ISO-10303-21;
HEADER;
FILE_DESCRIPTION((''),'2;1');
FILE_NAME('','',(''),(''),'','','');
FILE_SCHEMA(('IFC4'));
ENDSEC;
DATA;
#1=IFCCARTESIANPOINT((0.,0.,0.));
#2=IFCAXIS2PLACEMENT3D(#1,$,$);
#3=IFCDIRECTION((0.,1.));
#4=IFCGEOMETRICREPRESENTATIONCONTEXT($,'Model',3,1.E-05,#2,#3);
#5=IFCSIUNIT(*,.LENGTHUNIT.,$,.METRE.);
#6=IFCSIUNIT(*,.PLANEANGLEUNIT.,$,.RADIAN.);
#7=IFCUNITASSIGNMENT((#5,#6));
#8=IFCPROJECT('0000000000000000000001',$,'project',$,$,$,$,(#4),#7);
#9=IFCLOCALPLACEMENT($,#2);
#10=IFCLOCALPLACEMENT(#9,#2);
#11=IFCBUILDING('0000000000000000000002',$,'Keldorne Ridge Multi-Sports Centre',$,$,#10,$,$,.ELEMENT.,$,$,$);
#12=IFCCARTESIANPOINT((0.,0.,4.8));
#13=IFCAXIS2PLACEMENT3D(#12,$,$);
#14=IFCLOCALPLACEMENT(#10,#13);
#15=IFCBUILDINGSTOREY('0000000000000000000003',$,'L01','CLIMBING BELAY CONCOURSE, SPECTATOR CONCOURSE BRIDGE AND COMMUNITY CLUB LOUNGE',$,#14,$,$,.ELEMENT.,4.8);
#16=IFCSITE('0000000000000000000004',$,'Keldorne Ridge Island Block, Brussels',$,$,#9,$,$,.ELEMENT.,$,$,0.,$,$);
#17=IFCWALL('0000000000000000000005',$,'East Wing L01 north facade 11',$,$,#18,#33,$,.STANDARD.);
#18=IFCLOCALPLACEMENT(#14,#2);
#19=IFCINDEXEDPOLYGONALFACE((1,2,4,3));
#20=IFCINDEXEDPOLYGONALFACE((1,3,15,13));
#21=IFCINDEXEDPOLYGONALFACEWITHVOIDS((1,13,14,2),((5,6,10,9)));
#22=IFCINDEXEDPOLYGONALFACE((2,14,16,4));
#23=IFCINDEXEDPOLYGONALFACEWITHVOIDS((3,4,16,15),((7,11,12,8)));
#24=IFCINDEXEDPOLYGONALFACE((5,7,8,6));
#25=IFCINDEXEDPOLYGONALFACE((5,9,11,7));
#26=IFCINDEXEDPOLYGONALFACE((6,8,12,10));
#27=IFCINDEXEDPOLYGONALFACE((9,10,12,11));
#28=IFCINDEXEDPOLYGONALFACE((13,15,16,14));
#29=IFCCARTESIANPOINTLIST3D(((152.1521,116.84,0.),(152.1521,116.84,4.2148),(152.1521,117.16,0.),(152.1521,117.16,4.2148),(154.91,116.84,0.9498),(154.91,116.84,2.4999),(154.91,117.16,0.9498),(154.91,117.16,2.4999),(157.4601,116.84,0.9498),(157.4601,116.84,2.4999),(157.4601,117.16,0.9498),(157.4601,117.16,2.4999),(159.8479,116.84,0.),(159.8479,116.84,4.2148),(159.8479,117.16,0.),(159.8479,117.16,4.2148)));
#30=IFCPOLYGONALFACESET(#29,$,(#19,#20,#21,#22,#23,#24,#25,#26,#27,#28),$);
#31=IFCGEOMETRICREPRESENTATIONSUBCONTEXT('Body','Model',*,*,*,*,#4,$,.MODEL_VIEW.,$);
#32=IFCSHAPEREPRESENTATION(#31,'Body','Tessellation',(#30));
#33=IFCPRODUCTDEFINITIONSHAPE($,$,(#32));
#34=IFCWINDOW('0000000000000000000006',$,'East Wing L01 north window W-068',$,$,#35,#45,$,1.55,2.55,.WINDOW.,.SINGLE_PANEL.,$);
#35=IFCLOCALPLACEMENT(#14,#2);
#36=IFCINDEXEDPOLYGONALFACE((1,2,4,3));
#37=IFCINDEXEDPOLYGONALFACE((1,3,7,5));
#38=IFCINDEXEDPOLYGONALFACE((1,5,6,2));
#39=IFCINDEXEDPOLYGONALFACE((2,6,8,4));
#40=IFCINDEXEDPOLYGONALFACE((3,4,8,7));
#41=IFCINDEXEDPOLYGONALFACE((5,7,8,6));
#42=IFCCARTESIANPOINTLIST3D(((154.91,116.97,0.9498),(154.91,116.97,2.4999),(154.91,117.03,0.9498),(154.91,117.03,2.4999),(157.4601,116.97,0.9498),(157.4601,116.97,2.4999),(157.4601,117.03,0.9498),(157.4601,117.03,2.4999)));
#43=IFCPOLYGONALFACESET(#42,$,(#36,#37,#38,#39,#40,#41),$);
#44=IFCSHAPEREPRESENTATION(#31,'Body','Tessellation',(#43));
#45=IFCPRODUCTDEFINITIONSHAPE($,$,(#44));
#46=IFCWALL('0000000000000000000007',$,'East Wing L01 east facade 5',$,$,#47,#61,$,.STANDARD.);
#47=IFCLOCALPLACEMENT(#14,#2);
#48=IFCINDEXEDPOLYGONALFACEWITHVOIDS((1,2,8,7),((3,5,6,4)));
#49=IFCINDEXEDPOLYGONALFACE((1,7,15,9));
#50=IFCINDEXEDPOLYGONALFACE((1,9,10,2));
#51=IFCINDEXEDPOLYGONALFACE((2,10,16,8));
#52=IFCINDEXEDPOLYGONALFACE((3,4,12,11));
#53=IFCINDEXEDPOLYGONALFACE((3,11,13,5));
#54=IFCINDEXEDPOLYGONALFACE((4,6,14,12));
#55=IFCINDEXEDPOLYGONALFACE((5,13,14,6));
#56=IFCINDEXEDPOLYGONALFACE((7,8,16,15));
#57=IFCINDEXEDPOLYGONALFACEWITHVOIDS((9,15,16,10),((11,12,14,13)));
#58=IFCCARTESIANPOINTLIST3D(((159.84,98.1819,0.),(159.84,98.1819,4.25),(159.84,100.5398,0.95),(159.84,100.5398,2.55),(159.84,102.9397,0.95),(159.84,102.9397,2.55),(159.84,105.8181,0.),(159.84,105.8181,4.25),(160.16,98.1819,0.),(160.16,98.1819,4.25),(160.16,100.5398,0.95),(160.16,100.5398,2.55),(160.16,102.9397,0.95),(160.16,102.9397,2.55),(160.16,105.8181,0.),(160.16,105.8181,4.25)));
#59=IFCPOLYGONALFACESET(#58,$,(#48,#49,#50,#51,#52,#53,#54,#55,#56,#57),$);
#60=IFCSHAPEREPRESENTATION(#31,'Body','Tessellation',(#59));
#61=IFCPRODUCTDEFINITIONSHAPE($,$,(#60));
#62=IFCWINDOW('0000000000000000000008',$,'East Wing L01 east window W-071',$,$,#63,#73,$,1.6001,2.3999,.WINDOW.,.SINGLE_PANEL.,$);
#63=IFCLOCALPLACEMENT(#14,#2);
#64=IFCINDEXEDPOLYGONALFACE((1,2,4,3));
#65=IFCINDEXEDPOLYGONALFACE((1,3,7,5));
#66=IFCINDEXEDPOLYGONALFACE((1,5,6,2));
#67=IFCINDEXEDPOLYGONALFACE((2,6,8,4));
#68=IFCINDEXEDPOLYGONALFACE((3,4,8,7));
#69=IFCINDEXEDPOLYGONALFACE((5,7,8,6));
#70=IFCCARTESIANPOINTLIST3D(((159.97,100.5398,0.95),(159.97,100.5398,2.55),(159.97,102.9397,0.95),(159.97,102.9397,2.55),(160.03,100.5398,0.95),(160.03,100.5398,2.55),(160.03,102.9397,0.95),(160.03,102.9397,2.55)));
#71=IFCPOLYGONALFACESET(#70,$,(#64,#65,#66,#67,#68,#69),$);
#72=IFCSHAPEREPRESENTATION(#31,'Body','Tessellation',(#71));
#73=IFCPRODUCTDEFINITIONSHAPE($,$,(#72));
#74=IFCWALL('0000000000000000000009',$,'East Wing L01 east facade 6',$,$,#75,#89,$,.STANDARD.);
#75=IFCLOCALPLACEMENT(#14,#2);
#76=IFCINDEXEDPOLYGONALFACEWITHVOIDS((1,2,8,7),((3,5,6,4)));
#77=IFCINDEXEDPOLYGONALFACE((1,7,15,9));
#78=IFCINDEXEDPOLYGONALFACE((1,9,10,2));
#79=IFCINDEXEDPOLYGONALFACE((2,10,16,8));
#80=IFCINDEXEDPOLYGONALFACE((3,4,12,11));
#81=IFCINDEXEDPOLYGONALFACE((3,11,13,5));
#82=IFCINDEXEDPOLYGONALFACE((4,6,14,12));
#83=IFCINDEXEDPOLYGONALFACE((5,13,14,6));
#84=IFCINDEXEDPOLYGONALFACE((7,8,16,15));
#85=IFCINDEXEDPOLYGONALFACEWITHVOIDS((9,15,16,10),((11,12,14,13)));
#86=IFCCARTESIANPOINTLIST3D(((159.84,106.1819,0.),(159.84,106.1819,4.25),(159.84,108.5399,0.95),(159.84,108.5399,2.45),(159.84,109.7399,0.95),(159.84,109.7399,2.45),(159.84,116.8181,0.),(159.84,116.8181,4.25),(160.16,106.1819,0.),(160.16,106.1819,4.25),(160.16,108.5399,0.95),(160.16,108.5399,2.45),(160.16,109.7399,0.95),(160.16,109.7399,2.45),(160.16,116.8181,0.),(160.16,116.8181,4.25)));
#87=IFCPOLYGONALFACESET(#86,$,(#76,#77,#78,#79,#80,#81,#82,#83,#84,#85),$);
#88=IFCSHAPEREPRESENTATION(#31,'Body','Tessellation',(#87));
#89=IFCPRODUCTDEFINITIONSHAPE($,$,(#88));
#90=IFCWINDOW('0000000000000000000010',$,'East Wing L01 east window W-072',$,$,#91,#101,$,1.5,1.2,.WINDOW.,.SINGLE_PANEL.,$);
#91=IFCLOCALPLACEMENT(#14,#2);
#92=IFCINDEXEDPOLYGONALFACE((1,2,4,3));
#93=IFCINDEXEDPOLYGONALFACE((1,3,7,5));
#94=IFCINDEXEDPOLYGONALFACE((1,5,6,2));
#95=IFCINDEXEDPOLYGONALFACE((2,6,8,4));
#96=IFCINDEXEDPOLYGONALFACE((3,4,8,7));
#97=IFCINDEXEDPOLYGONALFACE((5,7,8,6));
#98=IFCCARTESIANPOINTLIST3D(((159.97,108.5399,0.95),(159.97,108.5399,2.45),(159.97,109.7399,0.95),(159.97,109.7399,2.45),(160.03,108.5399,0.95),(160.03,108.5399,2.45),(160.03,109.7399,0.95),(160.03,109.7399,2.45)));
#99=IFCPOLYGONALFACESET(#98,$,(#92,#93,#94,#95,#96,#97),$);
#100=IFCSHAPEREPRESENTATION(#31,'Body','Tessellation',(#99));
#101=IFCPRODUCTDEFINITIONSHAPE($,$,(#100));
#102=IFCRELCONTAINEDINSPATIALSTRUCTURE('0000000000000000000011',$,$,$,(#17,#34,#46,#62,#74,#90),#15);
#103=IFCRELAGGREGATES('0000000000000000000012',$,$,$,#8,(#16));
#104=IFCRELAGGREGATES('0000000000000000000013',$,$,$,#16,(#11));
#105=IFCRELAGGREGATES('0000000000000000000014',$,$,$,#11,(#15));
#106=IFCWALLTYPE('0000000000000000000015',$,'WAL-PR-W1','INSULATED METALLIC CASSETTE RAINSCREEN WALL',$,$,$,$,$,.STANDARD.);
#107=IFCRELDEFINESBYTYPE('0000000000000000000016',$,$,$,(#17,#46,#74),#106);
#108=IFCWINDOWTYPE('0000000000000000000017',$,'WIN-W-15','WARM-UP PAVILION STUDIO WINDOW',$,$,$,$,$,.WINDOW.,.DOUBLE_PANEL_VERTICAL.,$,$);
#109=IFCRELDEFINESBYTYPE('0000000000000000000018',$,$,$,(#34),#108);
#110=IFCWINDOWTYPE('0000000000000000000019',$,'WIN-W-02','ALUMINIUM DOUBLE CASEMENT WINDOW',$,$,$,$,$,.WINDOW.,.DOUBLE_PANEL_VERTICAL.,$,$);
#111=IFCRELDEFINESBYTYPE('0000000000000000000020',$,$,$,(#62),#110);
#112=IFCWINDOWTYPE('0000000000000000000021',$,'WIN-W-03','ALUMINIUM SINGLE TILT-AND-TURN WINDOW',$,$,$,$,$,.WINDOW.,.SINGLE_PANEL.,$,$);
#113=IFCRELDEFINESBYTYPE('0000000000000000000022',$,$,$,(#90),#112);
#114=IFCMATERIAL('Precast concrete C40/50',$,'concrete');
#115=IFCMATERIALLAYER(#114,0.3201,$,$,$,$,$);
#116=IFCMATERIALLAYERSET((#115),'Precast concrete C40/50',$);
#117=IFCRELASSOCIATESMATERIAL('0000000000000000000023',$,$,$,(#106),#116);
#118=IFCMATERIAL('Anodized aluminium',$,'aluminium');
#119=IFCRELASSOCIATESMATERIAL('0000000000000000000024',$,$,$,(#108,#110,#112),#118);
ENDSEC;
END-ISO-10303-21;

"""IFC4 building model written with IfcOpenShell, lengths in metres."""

from ifc_helpers import new_model, si_unit, direction, frame, frame_2d, origin, place, context, subcontext, project, spatial, rectangle, extrude, material, layer, layer_set, type_object, element, fill, save


model = new_model("IFC4")

# Units and contexts
model_context = context("Model", 3, precision=1e-05, world=origin(), true_north=direction((0.0, 1.0)))
body_context = subcontext(model_context, "Body", "Model", "MODEL_VIEW")
ifc_project = project(units=[si_unit("LENGTHUNIT", "METRE"), si_unit("PLANEANGLEUNIT", "RADIAN")], contexts=[model_context])

# Site, building, storey
site_placement = place(None, origin())
site = spatial("IfcSite", under=ifc_project, at=site_placement, Name="Keldorne Ridge Island Block, Brussels", CompositionType="ELEMENT", RefElevation=0.0)
building_placement = place(site_placement, origin())
building = spatial("IfcBuilding", under=site, at=building_placement, Name="Keldorne Ridge Multi-Sports Centre", CompositionType="ELEMENT")
storey_placement = place(building_placement, frame((0.0, 0.0, 4.8)))
storey = spatial("IfcBuildingStorey", under=building, at=storey_placement, Name="L01", Description="CLIMBING BELAY CONCOURSE, SPECTATOR CONCOURSE BRIDGE AND COMMUNITY CLUB LOUNGE", CompositionType="ELEMENT", Elevation=4.8)

# Shared definitions
ifc_material_1 = material(Name="Anodized aluminium", Category="aluminium")

# Shared definitions
ifc_material_2 = material(Name="Precast concrete C40/50", Category="concrete")

# Walls, openings, windows
ifc_layer_1 = layer(ifc_material_2, 0.3201)
ifc_layer_set_1 = layer_set([ifc_layer_1], Name="Precast concrete C40/50")
wall_type_1 = type_object("IfcWallType", Name="WAL-PR-W1", Description="INSULATED METALLIC CASSETTE RAINSCREEN WALL", PredefinedType="STANDARD", material=ifc_layer_set_1)
wall_1_placement = place(storey_placement, frame((159.8479, 117.0, 0.0), z_axis=(0.0, 0.0, 1.0), x_axis=(-1.0, 0.0, 0.0)))
wall_1 = element("IfcWall", 1, at=wall_1_placement, inside=storey, type_object=wall_type_1, Name="East Wing L01 north facade 11", PredefinedType="STANDARD", context=body_context, shape_type="SweptSolid", body=[
    extrude(rectangle(XDim=7.6958, YDim=0.3201, at=frame_2d((3.8479, 0.0))), origin(), (0.0, 0.0, 1.0), 4.2148),
])
opening_1_placement = place(wall_1_placement, frame((2.3879, 0.0, 0.95)))
opening_1 = element("IfcOpeningElement", 2, at=opening_1_placement, cuts=wall_1, PredefinedType="OPENING", context=body_context, shape_type="SweptSolid", body=[
    extrude(rectangle(XDim=2.55, YDim=1.55, at=frame_2d((1.2749, 0.7749))), frame((0.0, 0.1699, 0.0), z_axis=(0.0, -1.0, 0.0), x_axis=(1.0, 0.0, 0.0)), (0.0, 0.0, 1.0), 0.3401),
])
window_type_1 = type_object("IfcWindowType", Name="WIN-W-15", Description="WARM-UP PAVILION STUDIO WINDOW", PartitioningType="DOUBLE_PANEL_VERTICAL", PredefinedType="WINDOW", material=ifc_material_1)
window_1_placement = place(opening_1_placement, origin())
window_1 = element("IfcWindow", 3, at=window_1_placement, inside=storey, type_object=window_type_1, Name="East Wing L01 north window W-068", OverallHeight=1.55, OverallWidth=2.55, PartitioningType="SINGLE_PANEL", PredefinedType="WINDOW", context=body_context, shape_type="SweptSolid", body=[
    extrude(rectangle(XDim=2.55, YDim=1.55, at=frame_2d((1.2749, 0.7749))), frame((0.0, 0.03, 0.0), z_axis=(0.0, -1.0, 0.0), x_axis=(1.0, 0.0, 0.0)), (0.0, 0.0, 1.0), 0.0601),
])
fill(opening_1, window_1)
wall_2_placement = place(storey_placement, frame((160.0, 98.1819, 0.0), z_axis=(0.0, 0.0, 1.0), x_axis=(0.0, 1.0, 0.0)))
wall_2 = element("IfcWall", 4, at=wall_2_placement, inside=storey, type_object=wall_type_1, Name="East Wing L01 east facade 5", PredefinedType="STANDARD", context=body_context, shape_type="SweptSolid", body=[
    extrude(rectangle(XDim=7.6362, YDim=0.3201, at=frame_2d((3.8181, 0.0))), origin(), (0.0, 0.0, 1.0), 4.25),
])
opening_2_placement = place(wall_2_placement, frame((2.3579, 0.0, 0.95)))
opening_2 = element("IfcOpeningElement", 5, at=opening_2_placement, cuts=wall_2, PredefinedType="OPENING", context=body_context, shape_type="SweptSolid", body=[
    extrude(rectangle(XDim=2.3999, YDim=1.6001, at=frame_2d((1.2, 0.8))), frame((0.0, 0.1699, 0.0), z_axis=(0.0, -1.0, 0.0), x_axis=(1.0, 0.0, 0.0)), (0.0, 0.0, 1.0), 0.3401),
])
window_type_2 = type_object("IfcWindowType", Name="WIN-W-02", Description="ALUMINIUM DOUBLE CASEMENT WINDOW", PartitioningType="DOUBLE_PANEL_VERTICAL", PredefinedType="WINDOW", material=ifc_material_1)
window_2_placement = place(opening_2_placement, origin())
window_2 = element("IfcWindow", 6, at=window_2_placement, inside=storey, type_object=window_type_2, Name="East Wing L01 east window W-071", OverallHeight=1.6001, OverallWidth=2.3999, PartitioningType="SINGLE_PANEL", PredefinedType="WINDOW", context=body_context, shape_type="SweptSolid", body=[
    extrude(rectangle(XDim=2.3999, YDim=1.6001, at=frame_2d((1.2, 0.8))), frame((0.0, 0.03, 0.0), z_axis=(0.0, -1.0, 0.0), x_axis=(1.0, 0.0, 0.0)), (0.0, 0.0, 1.0), 0.0601),
])
fill(opening_2, window_2)
wall_3_placement = place(storey_placement, frame((160.0, 106.1819, 0.0), z_axis=(0.0, 0.0, 1.0), x_axis=(0.0, 1.0, 0.0)))
wall_3 = element("IfcWall", 7, at=wall_3_placement, inside=storey, type_object=wall_type_1, Name="East Wing L01 east facade 6", PredefinedType="STANDARD", context=body_context, shape_type="SweptSolid", body=[
    extrude(rectangle(XDim=10.6362, YDim=0.3201, at=frame_2d((5.3181, 0.0))), origin(), (0.0, 0.0, 1.0), 4.25),
])
opening_3_placement = place(wall_3_placement, frame((2.3579, 0.0, 0.95)))
opening_3 = element("IfcOpeningElement", 8, at=opening_3_placement, cuts=wall_3, PredefinedType="OPENING", context=body_context, shape_type="SweptSolid", body=[
    extrude(rectangle(XDim=1.2, YDim=1.5, at=frame_2d((0.6001, 0.75))), frame((0.0, 0.1699, 0.0), z_axis=(0.0, -1.0, 0.0), x_axis=(1.0, 0.0, 0.0)), (0.0, 0.0, 1.0), 0.3401),
])
window_type_3 = type_object("IfcWindowType", Name="WIN-W-03", Description="ALUMINIUM SINGLE TILT-AND-TURN WINDOW", PartitioningType="SINGLE_PANEL", PredefinedType="WINDOW", material=ifc_material_1)
window_3_placement = place(opening_3_placement, origin())
window_3 = element("IfcWindow", 9, at=window_3_placement, inside=storey, type_object=window_type_3, Name="East Wing L01 east window W-072", OverallHeight=1.5, OverallWidth=1.2, PartitioningType="SINGLE_PANEL", PredefinedType="WINDOW", context=body_context, shape_type="SweptSolid", body=[
    extrude(rectangle(XDim=1.2, YDim=1.5, at=frame_2d((0.6001, 0.75))), frame((0.0, 0.03, 0.0), z_axis=(0.0, -1.0, 0.0), x_axis=(1.0, 0.0, 0.0)), (0.0, 0.0, 1.0), 0.0601),
])
fill(opening_3, window_3)

save(model, "model.ifc")
